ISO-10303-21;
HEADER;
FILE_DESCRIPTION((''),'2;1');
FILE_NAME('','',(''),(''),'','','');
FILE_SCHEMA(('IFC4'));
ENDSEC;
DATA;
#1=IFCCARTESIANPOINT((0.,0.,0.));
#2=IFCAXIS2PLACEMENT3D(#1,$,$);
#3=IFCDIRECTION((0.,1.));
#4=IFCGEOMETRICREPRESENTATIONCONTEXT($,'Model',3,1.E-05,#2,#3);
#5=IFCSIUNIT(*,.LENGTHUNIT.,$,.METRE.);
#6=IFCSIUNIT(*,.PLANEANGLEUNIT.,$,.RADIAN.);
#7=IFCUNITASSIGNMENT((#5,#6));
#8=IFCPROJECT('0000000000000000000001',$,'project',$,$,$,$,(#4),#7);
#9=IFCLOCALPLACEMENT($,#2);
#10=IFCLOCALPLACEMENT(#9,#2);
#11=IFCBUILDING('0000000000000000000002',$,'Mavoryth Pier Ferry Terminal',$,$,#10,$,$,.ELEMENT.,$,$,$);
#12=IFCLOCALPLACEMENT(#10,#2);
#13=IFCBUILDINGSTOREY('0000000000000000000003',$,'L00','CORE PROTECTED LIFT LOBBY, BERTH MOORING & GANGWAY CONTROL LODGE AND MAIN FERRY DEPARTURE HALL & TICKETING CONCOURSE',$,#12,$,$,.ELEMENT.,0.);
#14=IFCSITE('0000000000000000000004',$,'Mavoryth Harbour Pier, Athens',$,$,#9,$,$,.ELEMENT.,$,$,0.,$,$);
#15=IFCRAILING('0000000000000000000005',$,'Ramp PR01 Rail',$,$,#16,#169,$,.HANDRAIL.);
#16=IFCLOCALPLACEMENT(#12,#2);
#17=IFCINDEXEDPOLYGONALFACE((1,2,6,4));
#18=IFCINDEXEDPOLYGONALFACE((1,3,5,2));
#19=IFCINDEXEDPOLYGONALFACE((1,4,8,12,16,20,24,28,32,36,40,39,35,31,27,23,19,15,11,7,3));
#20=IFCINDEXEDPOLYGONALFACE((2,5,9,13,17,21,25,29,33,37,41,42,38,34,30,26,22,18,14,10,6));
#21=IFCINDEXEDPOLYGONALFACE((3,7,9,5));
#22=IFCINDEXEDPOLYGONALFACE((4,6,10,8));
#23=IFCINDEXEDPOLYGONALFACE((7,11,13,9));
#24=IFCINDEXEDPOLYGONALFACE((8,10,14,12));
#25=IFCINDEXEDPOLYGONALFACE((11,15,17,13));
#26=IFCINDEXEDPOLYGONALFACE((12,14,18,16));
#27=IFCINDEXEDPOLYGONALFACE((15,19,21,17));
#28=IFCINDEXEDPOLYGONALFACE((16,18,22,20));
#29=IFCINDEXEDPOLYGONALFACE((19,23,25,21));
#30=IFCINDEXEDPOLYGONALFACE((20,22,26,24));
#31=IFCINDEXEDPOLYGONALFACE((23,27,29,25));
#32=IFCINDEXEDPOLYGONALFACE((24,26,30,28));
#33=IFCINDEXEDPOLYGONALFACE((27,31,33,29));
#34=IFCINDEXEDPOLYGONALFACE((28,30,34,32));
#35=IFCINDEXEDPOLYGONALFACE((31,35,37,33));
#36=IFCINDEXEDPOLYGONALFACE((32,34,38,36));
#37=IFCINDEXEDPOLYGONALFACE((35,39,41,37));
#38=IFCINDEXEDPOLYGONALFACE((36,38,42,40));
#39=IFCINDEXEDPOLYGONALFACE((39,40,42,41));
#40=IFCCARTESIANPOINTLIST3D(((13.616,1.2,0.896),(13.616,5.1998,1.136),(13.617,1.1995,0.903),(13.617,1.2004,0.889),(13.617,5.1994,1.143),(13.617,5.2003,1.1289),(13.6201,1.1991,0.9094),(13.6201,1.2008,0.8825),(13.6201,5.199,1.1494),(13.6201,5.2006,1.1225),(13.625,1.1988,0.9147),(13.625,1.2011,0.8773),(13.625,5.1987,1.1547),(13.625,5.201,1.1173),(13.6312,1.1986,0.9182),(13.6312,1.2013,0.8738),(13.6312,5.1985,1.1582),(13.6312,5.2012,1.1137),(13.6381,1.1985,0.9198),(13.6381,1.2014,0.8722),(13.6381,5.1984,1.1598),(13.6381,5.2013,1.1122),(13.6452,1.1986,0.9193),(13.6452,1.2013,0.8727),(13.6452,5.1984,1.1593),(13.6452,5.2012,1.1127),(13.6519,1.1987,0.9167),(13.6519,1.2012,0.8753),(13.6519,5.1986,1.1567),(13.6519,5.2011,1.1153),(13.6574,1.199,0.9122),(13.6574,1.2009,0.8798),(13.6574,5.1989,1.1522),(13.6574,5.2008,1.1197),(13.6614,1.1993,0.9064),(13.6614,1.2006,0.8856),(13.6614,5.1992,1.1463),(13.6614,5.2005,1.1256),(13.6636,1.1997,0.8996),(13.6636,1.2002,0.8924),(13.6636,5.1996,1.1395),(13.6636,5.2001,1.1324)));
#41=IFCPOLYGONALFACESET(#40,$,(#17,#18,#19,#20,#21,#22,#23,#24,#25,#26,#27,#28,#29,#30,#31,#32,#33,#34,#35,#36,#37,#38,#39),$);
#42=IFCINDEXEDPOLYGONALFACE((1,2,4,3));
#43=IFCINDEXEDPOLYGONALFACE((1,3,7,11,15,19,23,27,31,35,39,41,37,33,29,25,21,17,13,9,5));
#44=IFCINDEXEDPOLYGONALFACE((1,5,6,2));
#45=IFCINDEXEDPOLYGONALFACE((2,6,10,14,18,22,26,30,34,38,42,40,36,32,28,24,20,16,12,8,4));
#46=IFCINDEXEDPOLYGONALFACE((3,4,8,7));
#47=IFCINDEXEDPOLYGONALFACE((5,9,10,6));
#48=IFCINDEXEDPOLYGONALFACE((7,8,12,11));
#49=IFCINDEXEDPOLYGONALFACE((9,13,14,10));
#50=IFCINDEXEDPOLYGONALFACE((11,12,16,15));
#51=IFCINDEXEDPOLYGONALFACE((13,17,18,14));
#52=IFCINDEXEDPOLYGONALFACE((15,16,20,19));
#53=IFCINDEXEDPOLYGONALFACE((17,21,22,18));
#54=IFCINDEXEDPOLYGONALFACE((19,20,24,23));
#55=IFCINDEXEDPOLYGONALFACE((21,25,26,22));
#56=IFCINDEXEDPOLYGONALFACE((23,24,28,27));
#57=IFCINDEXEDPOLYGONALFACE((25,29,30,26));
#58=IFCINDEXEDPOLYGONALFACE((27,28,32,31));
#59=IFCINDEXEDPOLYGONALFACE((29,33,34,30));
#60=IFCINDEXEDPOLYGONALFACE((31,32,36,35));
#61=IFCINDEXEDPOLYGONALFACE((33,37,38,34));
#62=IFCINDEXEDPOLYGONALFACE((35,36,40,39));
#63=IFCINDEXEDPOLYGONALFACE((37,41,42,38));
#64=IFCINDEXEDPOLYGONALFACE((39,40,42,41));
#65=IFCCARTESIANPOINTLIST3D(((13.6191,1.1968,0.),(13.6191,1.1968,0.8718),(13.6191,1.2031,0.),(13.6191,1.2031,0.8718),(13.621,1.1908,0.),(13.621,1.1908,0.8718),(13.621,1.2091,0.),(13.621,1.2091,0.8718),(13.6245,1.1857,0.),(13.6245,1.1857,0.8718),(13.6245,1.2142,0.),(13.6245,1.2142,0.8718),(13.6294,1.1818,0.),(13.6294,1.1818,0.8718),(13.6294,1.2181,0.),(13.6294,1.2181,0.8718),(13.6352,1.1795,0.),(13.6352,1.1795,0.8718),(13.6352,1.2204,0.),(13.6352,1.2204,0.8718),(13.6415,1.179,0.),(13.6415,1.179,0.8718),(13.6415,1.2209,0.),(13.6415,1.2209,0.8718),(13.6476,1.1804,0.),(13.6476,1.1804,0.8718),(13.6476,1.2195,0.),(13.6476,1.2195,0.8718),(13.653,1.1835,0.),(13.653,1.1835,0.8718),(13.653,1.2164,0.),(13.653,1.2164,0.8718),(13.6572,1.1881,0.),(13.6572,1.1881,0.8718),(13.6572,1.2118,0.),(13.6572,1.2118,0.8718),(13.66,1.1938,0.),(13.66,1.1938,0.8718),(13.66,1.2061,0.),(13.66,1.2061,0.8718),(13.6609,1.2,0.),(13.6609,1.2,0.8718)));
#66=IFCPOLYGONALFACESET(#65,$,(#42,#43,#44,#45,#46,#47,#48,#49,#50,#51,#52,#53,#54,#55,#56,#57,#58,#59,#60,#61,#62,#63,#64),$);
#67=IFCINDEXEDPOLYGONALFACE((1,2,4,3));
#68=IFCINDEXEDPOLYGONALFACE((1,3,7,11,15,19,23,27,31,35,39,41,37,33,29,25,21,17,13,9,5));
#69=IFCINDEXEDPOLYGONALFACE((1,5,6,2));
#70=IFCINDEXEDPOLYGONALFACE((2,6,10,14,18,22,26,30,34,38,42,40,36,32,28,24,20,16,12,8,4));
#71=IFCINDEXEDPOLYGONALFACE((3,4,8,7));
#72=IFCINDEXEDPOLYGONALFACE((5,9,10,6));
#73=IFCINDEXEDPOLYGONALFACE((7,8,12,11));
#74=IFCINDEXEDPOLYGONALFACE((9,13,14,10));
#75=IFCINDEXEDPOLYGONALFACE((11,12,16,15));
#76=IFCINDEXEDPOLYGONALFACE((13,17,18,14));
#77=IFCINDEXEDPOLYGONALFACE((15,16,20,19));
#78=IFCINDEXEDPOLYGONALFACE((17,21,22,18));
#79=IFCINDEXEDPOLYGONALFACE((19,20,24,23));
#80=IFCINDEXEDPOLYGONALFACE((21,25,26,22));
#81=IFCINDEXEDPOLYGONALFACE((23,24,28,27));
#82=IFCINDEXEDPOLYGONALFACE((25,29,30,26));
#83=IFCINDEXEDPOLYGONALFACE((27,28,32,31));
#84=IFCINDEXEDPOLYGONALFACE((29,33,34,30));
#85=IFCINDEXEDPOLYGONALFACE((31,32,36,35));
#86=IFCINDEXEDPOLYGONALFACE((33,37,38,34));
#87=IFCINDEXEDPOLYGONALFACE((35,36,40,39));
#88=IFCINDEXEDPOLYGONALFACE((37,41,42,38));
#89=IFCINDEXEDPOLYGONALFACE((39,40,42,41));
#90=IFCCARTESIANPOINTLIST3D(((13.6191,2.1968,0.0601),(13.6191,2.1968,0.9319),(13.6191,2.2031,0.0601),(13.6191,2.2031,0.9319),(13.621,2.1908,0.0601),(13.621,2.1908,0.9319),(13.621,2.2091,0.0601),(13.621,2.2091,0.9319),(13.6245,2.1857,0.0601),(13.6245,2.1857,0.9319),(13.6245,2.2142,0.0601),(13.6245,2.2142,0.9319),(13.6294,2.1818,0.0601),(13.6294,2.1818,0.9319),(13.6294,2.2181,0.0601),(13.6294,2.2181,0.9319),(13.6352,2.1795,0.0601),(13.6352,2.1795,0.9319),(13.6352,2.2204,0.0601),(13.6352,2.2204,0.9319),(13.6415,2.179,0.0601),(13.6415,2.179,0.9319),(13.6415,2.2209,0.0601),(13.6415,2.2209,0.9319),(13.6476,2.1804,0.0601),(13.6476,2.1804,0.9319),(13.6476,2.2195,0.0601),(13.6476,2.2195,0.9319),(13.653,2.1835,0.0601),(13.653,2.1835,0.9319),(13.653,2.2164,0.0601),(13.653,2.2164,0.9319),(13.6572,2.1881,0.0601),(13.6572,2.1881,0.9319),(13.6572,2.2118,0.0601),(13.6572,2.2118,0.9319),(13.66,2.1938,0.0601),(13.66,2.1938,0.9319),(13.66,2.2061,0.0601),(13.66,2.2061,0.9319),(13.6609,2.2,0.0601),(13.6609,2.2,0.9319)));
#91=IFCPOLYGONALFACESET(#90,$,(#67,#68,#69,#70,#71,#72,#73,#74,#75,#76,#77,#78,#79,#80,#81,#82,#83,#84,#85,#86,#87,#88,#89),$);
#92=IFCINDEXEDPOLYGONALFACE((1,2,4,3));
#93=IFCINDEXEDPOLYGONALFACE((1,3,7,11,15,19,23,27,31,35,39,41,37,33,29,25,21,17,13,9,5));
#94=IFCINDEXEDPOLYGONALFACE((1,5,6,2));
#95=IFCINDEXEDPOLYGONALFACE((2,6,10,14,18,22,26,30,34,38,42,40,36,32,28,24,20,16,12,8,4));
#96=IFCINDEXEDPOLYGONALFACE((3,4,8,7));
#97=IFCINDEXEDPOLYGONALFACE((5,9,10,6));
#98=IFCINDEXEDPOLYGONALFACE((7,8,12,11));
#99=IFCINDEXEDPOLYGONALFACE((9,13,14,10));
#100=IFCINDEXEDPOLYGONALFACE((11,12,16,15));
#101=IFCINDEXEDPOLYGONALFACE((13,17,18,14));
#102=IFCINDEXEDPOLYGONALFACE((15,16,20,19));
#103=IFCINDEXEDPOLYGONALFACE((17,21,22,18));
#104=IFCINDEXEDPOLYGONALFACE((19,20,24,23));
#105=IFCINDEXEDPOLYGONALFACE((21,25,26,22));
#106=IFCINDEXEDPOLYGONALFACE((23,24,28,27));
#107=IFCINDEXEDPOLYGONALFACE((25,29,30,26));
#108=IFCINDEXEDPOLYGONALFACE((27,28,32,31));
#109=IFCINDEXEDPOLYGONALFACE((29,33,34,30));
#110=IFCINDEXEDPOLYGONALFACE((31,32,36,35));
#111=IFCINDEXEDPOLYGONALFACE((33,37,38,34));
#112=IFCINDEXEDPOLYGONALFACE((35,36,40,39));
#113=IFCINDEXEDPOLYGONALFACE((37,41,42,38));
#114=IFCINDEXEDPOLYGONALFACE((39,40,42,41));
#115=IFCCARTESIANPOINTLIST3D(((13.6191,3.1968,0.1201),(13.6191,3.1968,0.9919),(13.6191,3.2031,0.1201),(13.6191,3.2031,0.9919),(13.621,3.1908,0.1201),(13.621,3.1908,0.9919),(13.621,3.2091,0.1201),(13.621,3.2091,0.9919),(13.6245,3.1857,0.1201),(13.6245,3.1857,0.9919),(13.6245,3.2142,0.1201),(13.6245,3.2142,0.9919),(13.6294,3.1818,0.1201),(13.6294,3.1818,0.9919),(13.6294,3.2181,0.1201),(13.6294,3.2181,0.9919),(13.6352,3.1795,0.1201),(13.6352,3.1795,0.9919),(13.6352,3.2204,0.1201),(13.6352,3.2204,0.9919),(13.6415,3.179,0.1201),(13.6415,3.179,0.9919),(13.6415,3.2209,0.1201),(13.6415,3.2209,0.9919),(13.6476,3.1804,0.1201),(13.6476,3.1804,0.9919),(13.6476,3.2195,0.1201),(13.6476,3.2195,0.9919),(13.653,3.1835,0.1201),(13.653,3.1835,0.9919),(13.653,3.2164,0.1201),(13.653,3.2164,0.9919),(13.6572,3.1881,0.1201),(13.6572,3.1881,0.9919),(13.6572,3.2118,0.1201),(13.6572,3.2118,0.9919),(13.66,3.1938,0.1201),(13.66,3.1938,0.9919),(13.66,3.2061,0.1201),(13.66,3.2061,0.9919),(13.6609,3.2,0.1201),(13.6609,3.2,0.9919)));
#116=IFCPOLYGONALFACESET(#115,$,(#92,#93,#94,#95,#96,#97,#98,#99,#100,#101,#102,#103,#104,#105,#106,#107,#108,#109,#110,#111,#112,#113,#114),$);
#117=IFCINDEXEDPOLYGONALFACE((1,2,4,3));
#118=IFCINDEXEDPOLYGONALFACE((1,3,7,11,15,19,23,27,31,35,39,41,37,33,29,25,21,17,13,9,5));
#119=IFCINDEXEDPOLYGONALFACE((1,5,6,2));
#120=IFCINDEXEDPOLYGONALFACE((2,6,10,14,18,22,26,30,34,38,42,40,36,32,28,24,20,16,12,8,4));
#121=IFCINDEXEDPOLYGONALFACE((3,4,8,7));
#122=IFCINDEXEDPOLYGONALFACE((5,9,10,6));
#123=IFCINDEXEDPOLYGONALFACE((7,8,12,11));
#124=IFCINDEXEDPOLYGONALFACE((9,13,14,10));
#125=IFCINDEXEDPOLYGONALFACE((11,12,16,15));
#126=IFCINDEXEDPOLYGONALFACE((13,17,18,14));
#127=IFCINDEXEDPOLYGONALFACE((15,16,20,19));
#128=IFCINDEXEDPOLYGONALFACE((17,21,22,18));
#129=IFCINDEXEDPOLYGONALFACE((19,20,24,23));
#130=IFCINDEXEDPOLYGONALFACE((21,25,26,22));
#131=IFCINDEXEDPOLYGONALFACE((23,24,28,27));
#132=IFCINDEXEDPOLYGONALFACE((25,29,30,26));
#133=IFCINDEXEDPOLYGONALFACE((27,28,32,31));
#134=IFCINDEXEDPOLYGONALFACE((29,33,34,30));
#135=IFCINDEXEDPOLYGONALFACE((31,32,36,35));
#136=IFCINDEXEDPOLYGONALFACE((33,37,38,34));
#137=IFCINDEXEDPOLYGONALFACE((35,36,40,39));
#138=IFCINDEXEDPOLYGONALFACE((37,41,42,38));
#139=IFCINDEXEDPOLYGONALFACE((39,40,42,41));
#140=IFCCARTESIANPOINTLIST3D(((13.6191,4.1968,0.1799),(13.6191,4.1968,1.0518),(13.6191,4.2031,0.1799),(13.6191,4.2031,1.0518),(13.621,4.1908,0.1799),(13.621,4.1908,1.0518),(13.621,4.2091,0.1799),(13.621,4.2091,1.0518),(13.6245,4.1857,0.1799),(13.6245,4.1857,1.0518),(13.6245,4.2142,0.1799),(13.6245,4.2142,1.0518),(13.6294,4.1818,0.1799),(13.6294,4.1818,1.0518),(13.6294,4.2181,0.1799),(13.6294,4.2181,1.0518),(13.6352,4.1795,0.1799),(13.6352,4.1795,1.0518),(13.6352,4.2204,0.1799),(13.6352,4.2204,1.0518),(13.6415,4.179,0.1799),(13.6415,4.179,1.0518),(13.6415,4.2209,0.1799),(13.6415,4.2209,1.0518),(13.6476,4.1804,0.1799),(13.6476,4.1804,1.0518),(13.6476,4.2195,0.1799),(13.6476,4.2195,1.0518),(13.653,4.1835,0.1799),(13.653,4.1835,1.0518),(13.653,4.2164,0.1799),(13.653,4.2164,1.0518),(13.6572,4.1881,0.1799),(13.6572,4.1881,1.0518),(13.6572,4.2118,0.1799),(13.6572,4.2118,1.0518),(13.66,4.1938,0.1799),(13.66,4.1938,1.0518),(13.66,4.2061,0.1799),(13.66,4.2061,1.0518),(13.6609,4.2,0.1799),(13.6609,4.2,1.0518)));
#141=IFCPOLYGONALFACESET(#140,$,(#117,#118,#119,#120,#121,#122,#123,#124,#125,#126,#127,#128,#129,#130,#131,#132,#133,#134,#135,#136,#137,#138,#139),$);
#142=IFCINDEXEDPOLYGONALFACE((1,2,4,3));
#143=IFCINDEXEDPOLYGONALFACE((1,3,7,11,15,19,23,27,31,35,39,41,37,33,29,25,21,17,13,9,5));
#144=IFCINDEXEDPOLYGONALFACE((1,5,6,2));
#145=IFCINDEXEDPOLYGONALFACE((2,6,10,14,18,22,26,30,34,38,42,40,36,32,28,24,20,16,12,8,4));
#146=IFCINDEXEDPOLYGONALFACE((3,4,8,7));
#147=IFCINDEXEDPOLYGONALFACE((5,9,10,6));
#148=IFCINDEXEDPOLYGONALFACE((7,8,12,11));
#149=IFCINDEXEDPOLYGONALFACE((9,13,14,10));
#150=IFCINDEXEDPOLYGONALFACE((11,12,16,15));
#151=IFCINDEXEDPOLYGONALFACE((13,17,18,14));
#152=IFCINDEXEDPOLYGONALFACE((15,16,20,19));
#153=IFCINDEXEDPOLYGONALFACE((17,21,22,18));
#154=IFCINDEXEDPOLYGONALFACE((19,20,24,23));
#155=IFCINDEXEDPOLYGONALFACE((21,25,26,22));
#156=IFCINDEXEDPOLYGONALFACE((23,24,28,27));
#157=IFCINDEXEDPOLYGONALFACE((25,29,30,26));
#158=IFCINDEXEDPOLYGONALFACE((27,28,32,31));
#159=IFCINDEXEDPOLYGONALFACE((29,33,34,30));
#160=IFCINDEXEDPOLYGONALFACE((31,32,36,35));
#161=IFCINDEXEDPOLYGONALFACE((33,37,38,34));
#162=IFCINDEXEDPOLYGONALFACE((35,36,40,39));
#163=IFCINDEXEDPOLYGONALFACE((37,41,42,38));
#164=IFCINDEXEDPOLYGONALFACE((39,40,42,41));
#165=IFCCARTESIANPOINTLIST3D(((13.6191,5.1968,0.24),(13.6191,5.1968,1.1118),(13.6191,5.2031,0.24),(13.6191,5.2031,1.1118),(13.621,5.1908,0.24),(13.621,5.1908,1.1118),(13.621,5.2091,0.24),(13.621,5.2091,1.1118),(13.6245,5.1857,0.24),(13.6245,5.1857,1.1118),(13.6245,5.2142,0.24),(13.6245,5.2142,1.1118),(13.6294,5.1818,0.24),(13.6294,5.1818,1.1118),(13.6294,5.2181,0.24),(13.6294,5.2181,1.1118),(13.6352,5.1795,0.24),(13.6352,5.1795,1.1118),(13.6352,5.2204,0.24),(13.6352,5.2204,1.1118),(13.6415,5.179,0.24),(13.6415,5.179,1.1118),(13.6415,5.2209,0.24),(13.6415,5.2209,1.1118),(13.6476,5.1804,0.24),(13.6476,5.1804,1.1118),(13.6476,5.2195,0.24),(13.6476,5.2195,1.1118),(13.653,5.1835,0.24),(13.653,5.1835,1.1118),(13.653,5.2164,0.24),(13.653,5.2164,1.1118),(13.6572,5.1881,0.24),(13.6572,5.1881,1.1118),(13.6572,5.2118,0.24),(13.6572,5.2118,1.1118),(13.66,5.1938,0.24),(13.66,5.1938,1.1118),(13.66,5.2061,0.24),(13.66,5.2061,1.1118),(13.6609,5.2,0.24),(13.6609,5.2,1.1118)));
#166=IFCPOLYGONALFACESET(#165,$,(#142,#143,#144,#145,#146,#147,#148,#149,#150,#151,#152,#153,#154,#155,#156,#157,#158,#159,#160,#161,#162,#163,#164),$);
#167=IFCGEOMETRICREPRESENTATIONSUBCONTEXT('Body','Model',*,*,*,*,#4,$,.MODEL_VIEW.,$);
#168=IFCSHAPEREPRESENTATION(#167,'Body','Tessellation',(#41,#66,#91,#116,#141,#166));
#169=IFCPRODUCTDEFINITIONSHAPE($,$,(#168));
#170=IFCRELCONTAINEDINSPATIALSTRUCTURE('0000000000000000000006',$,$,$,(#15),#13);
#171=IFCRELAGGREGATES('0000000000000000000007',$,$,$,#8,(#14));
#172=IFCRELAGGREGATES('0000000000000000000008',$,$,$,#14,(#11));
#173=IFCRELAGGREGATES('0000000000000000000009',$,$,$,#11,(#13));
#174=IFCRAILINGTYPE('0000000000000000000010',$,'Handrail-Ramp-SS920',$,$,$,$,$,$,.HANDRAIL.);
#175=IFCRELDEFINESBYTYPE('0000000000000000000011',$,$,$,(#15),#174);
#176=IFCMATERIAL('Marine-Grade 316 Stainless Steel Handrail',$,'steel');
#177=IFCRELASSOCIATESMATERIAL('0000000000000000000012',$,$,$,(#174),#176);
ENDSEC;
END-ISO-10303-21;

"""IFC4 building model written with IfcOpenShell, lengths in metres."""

from ifc_helpers import new_model, si_unit, direction, frame, origin, origin_2d, place, context, subcontext, project, spatial, circle, extrude, material, type_object, element, save


model = new_model("IFC4")

# Units and contexts
model_context = context("Model", 3, precision=1e-05, world=origin(), true_north=direction((0.0, 1.0)))
body_context = subcontext(model_context, "Body", "Model", "MODEL_VIEW")
ifc_project = project(units=[si_unit("LENGTHUNIT", "METRE"), si_unit("PLANEANGLEUNIT", "RADIAN")], contexts=[model_context])

# Site, building, storey
site_placement = place(None, origin())
site = spatial("IfcSite", under=ifc_project, at=site_placement, Name="Mavoryth Harbour Pier, Athens", CompositionType="ELEMENT", RefElevation=0.0)
building_placement = place(site_placement, origin())
building = spatial("IfcBuilding", under=site, at=building_placement, Name="Mavoryth Pier Ferry Terminal", CompositionType="ELEMENT")
storey_placement = place(building_placement, origin())
storey = spatial("IfcBuildingStorey", under=building, at=storey_placement, Name="L00", Description="CORE PROTECTED LIFT LOBBY, BERTH MOORING & GANGWAY CONTROL LODGE AND MAIN FERRY DEPARTURE HALL & TICKETING CONCOURSE", CompositionType="ELEMENT", Elevation=0.0)

# Railing
ifc_material_1 = material(Name="Marine-Grade 316 Stainless Steel Handrail", Category="steel")
railing_type = type_object("IfcRailingType", Name="Handrail-Ramp-SS920", PredefinedType="HANDRAIL", material=ifc_material_1)
for number, where, name in (
    (1, (13.6399, 1.2, 0.0), "Ramp PR01 Rail"),
):
    element("IfcRailing", number, at=place(storey_placement, frame(where)), inside=storey, type_object=railing_type, Name=name, PredefinedType="HANDRAIL", context=body_context, shape_type="SweptSolid", body=[
        extrude(circle(Radius=0.0239, at=origin_2d()), frame((0.0, 0.0, 0.896), z_axis=(0.0, 0.998205, 0.05989), x_axis=(-1.0, 0.0, 0.0)), (0.0, 0.0, 1.0), 4.0071),
        extrude(circle(Radius=0.021, at=origin_2d()), origin(), (0.0, 0.0, 1.0), 0.8718),
        extrude(circle(Radius=0.021, at=origin_2d()), frame((0.0, 1.0, 0.0601)), (0.0, 0.0, 1.0), 0.8718),
        extrude(circle(Radius=0.021, at=origin_2d()), frame((0.0, 2.0, 0.1201)), (0.0, 0.0, 1.0), 0.8718),
        extrude(circle(Radius=0.021, at=origin_2d()), frame((0.0, 3.0, 0.1799)), (0.0, 0.0, 1.0), 0.8718),
        extrude(circle(Radius=0.021, at=origin_2d()), frame((0.0, 4.0, 0.24)), (0.0, 0.0, 1.0), 0.8718),
    ])

save(model, "model.ifc")
